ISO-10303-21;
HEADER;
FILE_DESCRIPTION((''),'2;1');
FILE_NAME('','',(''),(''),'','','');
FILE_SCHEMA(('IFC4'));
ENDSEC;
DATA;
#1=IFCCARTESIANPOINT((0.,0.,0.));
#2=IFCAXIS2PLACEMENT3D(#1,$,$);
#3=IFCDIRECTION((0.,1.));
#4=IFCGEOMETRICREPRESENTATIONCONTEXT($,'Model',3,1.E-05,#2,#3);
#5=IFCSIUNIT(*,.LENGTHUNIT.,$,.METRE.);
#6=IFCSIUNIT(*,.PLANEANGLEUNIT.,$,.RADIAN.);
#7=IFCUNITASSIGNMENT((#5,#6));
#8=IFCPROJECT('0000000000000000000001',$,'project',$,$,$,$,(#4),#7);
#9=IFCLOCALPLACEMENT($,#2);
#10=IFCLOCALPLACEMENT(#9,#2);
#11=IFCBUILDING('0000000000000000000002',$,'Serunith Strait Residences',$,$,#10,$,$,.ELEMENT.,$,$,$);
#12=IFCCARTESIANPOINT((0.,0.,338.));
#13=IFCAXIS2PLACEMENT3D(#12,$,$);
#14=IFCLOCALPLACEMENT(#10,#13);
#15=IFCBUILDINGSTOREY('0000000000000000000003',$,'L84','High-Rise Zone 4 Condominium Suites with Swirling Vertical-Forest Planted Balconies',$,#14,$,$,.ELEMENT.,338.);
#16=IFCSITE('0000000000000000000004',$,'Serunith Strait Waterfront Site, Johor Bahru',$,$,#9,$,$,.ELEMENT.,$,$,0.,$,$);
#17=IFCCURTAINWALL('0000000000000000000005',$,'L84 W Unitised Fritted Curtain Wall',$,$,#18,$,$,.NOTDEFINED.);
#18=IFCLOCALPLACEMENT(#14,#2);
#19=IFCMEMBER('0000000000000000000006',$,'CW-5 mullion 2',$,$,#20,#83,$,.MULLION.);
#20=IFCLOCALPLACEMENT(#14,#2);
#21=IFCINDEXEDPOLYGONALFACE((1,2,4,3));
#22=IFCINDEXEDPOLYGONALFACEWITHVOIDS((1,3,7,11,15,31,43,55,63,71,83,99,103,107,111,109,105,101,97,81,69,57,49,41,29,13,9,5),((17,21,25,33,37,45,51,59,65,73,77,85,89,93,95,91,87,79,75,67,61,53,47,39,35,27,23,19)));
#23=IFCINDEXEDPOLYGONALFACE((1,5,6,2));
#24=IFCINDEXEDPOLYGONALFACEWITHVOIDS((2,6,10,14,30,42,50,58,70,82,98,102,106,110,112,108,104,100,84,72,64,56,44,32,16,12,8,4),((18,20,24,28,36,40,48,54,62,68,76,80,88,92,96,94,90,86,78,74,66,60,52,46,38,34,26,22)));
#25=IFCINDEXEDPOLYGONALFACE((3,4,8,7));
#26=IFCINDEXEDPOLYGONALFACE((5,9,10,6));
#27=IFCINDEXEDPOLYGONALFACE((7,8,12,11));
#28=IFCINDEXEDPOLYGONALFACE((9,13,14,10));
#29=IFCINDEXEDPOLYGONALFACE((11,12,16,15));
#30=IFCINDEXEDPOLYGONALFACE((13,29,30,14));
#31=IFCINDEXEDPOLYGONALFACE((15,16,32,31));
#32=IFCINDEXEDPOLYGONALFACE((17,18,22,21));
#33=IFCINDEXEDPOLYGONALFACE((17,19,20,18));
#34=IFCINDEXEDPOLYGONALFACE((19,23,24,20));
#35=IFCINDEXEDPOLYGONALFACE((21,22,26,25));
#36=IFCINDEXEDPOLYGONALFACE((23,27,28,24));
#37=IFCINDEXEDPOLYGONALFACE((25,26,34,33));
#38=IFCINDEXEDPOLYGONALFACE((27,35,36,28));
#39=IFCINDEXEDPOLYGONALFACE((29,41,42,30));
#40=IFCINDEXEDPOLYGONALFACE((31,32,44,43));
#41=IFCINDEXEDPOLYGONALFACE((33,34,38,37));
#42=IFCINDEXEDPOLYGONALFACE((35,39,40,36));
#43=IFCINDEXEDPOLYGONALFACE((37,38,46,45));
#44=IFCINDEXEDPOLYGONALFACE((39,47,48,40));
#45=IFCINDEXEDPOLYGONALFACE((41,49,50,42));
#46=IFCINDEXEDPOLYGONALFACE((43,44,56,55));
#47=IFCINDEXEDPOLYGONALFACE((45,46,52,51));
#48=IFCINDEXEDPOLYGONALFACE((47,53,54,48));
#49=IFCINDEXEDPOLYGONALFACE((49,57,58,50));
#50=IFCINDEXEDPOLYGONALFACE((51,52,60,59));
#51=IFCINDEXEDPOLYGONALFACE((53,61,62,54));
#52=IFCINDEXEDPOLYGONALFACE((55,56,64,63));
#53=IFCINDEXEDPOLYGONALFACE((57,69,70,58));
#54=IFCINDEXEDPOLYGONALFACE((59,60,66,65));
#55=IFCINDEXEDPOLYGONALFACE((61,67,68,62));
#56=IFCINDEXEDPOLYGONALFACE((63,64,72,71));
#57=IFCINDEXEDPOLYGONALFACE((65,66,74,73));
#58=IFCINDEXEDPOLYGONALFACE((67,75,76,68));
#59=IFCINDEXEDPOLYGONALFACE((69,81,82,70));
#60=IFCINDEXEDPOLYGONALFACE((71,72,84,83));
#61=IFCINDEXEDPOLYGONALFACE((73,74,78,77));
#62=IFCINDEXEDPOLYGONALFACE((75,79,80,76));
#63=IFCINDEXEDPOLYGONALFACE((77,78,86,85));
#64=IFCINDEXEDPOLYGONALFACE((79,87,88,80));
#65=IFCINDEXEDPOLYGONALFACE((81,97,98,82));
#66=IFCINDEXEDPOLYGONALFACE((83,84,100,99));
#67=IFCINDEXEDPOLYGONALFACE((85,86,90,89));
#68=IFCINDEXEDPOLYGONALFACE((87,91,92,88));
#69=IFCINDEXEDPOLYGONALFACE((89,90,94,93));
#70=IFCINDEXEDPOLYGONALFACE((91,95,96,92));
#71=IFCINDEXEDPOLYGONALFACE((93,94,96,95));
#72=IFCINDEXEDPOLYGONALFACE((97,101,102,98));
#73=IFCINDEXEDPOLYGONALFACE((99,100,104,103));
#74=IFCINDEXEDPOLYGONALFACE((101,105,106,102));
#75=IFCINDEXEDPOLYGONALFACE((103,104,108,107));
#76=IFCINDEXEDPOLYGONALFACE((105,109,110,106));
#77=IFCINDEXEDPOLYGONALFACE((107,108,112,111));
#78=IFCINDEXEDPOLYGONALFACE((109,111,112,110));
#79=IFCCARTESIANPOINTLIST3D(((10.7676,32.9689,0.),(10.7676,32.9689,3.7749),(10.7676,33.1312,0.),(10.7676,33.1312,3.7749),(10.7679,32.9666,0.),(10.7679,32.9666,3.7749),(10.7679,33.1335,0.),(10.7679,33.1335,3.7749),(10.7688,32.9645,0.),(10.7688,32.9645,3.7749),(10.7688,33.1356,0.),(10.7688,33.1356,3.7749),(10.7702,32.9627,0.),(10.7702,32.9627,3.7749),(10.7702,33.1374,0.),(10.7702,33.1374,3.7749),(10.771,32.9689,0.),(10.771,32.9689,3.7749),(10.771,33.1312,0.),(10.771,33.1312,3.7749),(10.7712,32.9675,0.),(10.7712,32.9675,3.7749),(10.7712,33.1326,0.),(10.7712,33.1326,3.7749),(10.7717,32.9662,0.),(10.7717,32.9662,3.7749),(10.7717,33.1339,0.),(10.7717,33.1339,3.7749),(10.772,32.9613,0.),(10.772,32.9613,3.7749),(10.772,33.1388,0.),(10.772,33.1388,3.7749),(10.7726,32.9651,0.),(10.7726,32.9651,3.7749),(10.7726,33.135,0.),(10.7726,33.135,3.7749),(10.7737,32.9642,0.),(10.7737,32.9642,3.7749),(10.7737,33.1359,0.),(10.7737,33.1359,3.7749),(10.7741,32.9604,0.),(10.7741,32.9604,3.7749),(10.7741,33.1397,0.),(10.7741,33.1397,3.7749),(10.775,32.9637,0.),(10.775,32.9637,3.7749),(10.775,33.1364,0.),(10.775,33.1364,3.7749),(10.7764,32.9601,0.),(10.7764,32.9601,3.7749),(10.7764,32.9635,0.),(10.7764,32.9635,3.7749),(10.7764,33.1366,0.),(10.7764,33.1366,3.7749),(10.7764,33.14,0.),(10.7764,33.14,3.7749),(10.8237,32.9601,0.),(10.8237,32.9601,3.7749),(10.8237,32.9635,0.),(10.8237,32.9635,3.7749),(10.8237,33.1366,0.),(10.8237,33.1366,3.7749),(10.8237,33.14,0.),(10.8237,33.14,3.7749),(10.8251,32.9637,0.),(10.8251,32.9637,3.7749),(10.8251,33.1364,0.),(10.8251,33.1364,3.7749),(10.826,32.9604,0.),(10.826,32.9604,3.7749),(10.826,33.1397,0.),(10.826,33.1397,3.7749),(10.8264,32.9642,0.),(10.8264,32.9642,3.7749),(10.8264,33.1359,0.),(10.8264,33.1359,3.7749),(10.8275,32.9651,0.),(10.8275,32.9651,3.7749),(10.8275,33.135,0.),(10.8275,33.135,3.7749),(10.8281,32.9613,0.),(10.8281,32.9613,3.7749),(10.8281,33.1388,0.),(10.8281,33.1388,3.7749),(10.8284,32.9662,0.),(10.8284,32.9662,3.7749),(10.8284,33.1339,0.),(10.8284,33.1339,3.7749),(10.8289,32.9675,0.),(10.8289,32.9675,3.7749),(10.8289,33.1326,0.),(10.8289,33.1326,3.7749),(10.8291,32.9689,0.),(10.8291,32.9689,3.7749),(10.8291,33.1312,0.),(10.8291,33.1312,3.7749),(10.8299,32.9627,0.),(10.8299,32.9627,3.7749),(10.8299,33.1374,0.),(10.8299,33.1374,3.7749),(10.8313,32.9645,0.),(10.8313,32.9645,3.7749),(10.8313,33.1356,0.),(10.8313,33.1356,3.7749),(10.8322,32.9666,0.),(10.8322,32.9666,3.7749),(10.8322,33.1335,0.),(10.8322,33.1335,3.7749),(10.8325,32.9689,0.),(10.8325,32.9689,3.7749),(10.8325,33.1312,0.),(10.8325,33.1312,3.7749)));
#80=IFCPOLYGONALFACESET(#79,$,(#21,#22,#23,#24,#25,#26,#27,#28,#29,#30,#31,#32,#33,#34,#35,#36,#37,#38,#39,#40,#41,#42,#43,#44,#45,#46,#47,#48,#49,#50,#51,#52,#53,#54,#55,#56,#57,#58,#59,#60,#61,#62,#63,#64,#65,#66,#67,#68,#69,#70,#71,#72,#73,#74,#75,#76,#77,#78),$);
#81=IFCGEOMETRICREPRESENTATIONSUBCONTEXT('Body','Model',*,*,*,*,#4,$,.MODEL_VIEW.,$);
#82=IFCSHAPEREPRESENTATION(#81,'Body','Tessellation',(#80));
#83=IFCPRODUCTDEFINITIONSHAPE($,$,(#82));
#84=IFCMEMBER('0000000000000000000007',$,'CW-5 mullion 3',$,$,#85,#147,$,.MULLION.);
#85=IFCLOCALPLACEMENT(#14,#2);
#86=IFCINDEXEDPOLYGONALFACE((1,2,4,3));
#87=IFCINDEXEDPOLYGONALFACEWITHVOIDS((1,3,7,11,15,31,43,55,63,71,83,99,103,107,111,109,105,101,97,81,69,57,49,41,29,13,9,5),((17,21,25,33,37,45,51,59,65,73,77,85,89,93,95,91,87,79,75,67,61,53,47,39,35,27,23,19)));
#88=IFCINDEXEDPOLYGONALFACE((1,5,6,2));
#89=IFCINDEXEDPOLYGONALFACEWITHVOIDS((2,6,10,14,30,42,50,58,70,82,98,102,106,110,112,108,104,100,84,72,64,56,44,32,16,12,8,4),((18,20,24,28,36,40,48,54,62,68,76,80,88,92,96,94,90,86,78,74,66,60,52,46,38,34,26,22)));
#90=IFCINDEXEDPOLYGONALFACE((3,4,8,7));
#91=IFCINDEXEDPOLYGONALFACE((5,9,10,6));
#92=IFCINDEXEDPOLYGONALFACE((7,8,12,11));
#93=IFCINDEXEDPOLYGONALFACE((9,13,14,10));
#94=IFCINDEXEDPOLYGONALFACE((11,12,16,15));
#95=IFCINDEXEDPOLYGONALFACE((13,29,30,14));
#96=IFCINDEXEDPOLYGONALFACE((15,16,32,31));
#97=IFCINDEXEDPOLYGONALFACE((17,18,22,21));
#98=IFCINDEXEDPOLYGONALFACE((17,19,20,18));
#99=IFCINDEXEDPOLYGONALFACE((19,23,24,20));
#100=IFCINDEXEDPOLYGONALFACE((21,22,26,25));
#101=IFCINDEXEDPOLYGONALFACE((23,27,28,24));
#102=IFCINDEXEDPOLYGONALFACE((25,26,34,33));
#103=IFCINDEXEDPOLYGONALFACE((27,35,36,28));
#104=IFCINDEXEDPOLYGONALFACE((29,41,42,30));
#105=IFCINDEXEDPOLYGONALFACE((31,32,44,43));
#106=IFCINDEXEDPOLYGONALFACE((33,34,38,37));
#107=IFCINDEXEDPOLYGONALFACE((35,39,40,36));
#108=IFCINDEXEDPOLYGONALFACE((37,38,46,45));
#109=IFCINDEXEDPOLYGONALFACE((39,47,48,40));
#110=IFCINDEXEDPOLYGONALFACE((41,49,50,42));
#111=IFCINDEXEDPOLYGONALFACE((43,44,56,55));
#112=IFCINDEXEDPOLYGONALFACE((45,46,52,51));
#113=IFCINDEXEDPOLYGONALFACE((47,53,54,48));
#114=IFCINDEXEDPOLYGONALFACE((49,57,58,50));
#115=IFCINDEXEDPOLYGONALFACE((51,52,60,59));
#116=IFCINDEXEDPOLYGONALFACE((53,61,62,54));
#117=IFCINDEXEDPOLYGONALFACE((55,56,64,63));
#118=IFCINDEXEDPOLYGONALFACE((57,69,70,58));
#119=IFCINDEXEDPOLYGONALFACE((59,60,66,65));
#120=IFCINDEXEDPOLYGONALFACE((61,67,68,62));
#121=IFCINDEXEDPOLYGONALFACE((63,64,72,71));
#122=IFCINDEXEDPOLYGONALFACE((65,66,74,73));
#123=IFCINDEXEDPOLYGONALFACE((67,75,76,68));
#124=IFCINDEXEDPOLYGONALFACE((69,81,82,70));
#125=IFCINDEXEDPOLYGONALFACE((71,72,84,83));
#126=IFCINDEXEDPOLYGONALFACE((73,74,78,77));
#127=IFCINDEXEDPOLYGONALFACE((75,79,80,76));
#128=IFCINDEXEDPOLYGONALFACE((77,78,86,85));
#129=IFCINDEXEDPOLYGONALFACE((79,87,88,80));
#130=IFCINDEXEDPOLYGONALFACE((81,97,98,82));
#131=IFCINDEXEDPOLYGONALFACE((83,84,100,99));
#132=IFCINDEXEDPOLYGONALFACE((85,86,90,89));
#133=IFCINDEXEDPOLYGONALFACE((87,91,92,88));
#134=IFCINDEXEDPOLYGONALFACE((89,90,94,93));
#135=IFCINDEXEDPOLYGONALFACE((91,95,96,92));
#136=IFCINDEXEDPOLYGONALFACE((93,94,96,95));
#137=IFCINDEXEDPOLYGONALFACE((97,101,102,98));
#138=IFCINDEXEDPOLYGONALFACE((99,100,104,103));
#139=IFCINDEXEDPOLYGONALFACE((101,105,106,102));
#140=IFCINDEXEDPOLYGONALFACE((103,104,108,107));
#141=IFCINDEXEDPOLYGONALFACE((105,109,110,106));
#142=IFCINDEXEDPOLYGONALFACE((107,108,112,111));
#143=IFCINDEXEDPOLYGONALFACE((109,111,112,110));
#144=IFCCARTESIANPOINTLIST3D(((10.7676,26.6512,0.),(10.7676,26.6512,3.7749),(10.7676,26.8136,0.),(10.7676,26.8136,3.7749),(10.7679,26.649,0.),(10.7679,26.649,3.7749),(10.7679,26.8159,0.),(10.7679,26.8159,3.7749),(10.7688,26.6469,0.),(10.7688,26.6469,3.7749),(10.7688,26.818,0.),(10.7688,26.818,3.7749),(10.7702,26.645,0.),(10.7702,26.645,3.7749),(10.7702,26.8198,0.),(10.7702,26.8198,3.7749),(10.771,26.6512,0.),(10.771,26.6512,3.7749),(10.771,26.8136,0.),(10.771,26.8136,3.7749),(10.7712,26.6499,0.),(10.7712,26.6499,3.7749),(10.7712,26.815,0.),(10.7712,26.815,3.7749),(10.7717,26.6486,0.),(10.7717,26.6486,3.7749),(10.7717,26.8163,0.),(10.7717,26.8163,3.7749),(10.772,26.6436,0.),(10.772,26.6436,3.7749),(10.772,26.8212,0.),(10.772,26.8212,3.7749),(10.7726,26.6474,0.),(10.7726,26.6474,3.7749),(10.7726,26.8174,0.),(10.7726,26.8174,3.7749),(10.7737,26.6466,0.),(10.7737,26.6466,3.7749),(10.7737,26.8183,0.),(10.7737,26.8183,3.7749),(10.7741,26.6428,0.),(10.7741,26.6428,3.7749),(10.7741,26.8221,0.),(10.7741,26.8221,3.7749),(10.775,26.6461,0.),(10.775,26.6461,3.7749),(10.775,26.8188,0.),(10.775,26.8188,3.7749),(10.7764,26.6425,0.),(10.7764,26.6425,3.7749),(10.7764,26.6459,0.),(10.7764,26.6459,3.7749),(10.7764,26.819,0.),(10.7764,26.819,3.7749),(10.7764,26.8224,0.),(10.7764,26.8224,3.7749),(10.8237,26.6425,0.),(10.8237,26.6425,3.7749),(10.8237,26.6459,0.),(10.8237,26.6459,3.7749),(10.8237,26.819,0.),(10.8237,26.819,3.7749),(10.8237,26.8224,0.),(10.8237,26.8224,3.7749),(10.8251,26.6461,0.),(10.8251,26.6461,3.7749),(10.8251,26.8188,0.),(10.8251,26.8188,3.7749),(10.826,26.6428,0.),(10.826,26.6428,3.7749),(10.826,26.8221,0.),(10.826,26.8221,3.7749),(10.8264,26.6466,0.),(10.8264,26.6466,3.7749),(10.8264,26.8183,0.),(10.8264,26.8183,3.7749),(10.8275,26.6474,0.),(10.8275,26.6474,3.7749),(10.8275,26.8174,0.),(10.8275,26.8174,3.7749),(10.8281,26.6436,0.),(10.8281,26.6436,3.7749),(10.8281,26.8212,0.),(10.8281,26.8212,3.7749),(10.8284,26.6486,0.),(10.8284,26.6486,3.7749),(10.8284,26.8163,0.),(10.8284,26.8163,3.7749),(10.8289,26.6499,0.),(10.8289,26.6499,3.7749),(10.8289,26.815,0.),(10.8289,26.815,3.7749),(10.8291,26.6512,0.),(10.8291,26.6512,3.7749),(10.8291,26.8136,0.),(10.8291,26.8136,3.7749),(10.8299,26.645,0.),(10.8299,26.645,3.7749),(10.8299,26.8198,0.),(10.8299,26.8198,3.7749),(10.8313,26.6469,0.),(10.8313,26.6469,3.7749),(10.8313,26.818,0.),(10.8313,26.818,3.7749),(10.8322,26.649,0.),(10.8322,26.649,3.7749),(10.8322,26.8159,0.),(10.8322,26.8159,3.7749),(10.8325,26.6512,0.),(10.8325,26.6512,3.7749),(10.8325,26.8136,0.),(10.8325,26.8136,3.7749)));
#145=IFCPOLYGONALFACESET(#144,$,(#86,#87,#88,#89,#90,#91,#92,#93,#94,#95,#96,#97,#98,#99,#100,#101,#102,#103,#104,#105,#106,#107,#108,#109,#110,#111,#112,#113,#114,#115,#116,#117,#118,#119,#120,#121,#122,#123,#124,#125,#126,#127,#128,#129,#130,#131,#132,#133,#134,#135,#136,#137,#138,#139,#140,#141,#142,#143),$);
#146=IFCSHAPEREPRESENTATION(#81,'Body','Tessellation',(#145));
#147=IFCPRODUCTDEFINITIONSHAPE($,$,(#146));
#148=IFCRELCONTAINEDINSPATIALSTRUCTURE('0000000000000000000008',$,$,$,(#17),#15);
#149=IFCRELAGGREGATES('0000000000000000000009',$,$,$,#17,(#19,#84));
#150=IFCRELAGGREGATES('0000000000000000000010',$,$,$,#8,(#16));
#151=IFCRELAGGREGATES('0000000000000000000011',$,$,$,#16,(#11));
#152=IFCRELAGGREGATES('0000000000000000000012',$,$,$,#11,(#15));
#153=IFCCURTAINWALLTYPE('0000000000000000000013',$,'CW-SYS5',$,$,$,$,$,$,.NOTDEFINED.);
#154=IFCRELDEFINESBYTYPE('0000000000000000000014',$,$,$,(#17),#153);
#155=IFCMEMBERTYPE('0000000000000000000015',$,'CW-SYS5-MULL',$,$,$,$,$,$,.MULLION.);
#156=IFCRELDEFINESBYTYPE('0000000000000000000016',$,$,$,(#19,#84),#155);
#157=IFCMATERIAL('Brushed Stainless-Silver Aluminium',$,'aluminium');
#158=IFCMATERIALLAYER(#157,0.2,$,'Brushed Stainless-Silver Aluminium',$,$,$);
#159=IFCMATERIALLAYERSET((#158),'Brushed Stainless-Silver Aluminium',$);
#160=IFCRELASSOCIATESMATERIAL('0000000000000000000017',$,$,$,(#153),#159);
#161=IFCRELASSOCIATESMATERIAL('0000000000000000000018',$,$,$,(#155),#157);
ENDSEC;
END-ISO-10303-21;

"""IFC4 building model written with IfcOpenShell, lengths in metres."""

from ifc_helpers import new_model, si_unit, direction, frame, origin, origin_2d, place, context, subcontext, project, spatial, hollow_rectangle, extrude, source, transform, mapped, material, layer, layer_set, material_profile, profile_set, type_object, element, aggregate, save


model = new_model("IFC4")

# Units and contexts
model_context = context("Model", 3, precision=1e-05, world=origin(), true_north=direction((0.0, 1.0)))
body_context = subcontext(model_context, "Body", "Model", "MODEL_VIEW")
ifc_project = project(units=[si_unit("LENGTHUNIT", "METRE"), si_unit("PLANEANGLEUNIT", "RADIAN")], contexts=[model_context])

# Site, building, storey
site_placement = place(None, origin())
site = spatial("IfcSite", under=ifc_project, at=site_placement, Name="Serunith Strait Waterfront Site, Johor Bahru", CompositionType="ELEMENT", RefElevation=0.0)
building_placement = place(site_placement, origin())
building = spatial("IfcBuilding", under=site, at=building_placement, Name="Serunith Strait Residences", CompositionType="ELEMENT")
storey_placement = place(building_placement, frame((0.0, 0.0, 338.0)))
storey = spatial("IfcBuildingStorey", under=building, at=storey_placement, Name="L84", Description="High-Rise Zone 4 Condominium Suites with Swirling Vertical-Forest Planted Balconies", CompositionType="ELEMENT", Elevation=338.0)

# Curtain wall, members
ifc_material_1 = material(Name="Brushed Stainless-Silver Aluminium", Category="aluminium")
ifc_layer_1 = layer(ifc_material_1, 0.2, Name="Brushed Stainless-Silver Aluminium")
ifc_layer_set_1 = layer_set([ifc_layer_1], Name="Brushed Stainless-Silver Aluminium")
curtain_wall_type = type_object("IfcCurtainWallType", Name="CW-SYS5", PredefinedType="NOTDEFINED", material=ifc_layer_set_1)
curtain_wall_placement = place(storey_placement, origin())
curtain_wall = element("IfcCurtainWall", 1, at=curtain_wall_placement, inside=storey, type_object=curtain_wall_type, Name="L84 W Unitised Fritted Curtain Wall", PredefinedType="NOTDEFINED")
ifc_material_profile_1 = material_profile(ifc_material_1, hollow_rectangle(XDim=0.0649, YDim=0.1799, WallThickness=0.0034, InnerFilletRadius=0.0054, OuterFilletRadius=0.0088, at=origin_2d()), Name="ALU 180x65x3.5")
ifc_profile_set_1 = profile_set([ifc_material_profile_1], Name="Brushed Stainless-Silver Aluminium")
member_type_1 = type_object("IfcMemberType", Name="CW-SYS5-MULL", PredefinedType="MULLION", material=ifc_profile_set_1)
shared_shape_1 = source(origin(), body_context, "Body", "SweptSolid", [
    extrude(hollow_rectangle(XDim=0.0649, YDim=0.1799, WallThickness=0.0034, InnerFilletRadius=0.0054, OuterFilletRadius=0.0088, at=origin_2d()), origin(), (0.0, 0.0, 1.0), 3.7749),
])
member_1_placement = place(storey_placement, frame((10.8, 33.05, 0.0), z_axis=(0.0, 0.0, 1.0), x_axis=(1.0, 0.0, 0.0)))
member_1 = element("IfcMember", 2, at=member_1_placement, type_object=member_type_1, Name="CW-5 mullion 2", PredefinedType="MULLION", context=body_context, shape_type="MappedRepresentation", body=[
    mapped(shared_shape_1, transform((0.0, 0.0, 0.0), scale=1.0)),
])
member_2_placement = place(storey_placement, frame((10.8, 26.7324, 0.0), z_axis=(0.0, 0.0, 1.0), x_axis=(1.0, 0.0, 0.0)))
member_2 = element("IfcMember", 3, at=member_2_placement, type_object=member_type_1, Name="CW-5 mullion 3", PredefinedType="MULLION", context=body_context, shape_type="MappedRepresentation", body=[
    mapped(shared_shape_1, transform((0.0, 0.0, 0.0), scale=1.0)),
])
aggregate(curtain_wall, [member_1, member_2])

save(model, "model.ifc")
